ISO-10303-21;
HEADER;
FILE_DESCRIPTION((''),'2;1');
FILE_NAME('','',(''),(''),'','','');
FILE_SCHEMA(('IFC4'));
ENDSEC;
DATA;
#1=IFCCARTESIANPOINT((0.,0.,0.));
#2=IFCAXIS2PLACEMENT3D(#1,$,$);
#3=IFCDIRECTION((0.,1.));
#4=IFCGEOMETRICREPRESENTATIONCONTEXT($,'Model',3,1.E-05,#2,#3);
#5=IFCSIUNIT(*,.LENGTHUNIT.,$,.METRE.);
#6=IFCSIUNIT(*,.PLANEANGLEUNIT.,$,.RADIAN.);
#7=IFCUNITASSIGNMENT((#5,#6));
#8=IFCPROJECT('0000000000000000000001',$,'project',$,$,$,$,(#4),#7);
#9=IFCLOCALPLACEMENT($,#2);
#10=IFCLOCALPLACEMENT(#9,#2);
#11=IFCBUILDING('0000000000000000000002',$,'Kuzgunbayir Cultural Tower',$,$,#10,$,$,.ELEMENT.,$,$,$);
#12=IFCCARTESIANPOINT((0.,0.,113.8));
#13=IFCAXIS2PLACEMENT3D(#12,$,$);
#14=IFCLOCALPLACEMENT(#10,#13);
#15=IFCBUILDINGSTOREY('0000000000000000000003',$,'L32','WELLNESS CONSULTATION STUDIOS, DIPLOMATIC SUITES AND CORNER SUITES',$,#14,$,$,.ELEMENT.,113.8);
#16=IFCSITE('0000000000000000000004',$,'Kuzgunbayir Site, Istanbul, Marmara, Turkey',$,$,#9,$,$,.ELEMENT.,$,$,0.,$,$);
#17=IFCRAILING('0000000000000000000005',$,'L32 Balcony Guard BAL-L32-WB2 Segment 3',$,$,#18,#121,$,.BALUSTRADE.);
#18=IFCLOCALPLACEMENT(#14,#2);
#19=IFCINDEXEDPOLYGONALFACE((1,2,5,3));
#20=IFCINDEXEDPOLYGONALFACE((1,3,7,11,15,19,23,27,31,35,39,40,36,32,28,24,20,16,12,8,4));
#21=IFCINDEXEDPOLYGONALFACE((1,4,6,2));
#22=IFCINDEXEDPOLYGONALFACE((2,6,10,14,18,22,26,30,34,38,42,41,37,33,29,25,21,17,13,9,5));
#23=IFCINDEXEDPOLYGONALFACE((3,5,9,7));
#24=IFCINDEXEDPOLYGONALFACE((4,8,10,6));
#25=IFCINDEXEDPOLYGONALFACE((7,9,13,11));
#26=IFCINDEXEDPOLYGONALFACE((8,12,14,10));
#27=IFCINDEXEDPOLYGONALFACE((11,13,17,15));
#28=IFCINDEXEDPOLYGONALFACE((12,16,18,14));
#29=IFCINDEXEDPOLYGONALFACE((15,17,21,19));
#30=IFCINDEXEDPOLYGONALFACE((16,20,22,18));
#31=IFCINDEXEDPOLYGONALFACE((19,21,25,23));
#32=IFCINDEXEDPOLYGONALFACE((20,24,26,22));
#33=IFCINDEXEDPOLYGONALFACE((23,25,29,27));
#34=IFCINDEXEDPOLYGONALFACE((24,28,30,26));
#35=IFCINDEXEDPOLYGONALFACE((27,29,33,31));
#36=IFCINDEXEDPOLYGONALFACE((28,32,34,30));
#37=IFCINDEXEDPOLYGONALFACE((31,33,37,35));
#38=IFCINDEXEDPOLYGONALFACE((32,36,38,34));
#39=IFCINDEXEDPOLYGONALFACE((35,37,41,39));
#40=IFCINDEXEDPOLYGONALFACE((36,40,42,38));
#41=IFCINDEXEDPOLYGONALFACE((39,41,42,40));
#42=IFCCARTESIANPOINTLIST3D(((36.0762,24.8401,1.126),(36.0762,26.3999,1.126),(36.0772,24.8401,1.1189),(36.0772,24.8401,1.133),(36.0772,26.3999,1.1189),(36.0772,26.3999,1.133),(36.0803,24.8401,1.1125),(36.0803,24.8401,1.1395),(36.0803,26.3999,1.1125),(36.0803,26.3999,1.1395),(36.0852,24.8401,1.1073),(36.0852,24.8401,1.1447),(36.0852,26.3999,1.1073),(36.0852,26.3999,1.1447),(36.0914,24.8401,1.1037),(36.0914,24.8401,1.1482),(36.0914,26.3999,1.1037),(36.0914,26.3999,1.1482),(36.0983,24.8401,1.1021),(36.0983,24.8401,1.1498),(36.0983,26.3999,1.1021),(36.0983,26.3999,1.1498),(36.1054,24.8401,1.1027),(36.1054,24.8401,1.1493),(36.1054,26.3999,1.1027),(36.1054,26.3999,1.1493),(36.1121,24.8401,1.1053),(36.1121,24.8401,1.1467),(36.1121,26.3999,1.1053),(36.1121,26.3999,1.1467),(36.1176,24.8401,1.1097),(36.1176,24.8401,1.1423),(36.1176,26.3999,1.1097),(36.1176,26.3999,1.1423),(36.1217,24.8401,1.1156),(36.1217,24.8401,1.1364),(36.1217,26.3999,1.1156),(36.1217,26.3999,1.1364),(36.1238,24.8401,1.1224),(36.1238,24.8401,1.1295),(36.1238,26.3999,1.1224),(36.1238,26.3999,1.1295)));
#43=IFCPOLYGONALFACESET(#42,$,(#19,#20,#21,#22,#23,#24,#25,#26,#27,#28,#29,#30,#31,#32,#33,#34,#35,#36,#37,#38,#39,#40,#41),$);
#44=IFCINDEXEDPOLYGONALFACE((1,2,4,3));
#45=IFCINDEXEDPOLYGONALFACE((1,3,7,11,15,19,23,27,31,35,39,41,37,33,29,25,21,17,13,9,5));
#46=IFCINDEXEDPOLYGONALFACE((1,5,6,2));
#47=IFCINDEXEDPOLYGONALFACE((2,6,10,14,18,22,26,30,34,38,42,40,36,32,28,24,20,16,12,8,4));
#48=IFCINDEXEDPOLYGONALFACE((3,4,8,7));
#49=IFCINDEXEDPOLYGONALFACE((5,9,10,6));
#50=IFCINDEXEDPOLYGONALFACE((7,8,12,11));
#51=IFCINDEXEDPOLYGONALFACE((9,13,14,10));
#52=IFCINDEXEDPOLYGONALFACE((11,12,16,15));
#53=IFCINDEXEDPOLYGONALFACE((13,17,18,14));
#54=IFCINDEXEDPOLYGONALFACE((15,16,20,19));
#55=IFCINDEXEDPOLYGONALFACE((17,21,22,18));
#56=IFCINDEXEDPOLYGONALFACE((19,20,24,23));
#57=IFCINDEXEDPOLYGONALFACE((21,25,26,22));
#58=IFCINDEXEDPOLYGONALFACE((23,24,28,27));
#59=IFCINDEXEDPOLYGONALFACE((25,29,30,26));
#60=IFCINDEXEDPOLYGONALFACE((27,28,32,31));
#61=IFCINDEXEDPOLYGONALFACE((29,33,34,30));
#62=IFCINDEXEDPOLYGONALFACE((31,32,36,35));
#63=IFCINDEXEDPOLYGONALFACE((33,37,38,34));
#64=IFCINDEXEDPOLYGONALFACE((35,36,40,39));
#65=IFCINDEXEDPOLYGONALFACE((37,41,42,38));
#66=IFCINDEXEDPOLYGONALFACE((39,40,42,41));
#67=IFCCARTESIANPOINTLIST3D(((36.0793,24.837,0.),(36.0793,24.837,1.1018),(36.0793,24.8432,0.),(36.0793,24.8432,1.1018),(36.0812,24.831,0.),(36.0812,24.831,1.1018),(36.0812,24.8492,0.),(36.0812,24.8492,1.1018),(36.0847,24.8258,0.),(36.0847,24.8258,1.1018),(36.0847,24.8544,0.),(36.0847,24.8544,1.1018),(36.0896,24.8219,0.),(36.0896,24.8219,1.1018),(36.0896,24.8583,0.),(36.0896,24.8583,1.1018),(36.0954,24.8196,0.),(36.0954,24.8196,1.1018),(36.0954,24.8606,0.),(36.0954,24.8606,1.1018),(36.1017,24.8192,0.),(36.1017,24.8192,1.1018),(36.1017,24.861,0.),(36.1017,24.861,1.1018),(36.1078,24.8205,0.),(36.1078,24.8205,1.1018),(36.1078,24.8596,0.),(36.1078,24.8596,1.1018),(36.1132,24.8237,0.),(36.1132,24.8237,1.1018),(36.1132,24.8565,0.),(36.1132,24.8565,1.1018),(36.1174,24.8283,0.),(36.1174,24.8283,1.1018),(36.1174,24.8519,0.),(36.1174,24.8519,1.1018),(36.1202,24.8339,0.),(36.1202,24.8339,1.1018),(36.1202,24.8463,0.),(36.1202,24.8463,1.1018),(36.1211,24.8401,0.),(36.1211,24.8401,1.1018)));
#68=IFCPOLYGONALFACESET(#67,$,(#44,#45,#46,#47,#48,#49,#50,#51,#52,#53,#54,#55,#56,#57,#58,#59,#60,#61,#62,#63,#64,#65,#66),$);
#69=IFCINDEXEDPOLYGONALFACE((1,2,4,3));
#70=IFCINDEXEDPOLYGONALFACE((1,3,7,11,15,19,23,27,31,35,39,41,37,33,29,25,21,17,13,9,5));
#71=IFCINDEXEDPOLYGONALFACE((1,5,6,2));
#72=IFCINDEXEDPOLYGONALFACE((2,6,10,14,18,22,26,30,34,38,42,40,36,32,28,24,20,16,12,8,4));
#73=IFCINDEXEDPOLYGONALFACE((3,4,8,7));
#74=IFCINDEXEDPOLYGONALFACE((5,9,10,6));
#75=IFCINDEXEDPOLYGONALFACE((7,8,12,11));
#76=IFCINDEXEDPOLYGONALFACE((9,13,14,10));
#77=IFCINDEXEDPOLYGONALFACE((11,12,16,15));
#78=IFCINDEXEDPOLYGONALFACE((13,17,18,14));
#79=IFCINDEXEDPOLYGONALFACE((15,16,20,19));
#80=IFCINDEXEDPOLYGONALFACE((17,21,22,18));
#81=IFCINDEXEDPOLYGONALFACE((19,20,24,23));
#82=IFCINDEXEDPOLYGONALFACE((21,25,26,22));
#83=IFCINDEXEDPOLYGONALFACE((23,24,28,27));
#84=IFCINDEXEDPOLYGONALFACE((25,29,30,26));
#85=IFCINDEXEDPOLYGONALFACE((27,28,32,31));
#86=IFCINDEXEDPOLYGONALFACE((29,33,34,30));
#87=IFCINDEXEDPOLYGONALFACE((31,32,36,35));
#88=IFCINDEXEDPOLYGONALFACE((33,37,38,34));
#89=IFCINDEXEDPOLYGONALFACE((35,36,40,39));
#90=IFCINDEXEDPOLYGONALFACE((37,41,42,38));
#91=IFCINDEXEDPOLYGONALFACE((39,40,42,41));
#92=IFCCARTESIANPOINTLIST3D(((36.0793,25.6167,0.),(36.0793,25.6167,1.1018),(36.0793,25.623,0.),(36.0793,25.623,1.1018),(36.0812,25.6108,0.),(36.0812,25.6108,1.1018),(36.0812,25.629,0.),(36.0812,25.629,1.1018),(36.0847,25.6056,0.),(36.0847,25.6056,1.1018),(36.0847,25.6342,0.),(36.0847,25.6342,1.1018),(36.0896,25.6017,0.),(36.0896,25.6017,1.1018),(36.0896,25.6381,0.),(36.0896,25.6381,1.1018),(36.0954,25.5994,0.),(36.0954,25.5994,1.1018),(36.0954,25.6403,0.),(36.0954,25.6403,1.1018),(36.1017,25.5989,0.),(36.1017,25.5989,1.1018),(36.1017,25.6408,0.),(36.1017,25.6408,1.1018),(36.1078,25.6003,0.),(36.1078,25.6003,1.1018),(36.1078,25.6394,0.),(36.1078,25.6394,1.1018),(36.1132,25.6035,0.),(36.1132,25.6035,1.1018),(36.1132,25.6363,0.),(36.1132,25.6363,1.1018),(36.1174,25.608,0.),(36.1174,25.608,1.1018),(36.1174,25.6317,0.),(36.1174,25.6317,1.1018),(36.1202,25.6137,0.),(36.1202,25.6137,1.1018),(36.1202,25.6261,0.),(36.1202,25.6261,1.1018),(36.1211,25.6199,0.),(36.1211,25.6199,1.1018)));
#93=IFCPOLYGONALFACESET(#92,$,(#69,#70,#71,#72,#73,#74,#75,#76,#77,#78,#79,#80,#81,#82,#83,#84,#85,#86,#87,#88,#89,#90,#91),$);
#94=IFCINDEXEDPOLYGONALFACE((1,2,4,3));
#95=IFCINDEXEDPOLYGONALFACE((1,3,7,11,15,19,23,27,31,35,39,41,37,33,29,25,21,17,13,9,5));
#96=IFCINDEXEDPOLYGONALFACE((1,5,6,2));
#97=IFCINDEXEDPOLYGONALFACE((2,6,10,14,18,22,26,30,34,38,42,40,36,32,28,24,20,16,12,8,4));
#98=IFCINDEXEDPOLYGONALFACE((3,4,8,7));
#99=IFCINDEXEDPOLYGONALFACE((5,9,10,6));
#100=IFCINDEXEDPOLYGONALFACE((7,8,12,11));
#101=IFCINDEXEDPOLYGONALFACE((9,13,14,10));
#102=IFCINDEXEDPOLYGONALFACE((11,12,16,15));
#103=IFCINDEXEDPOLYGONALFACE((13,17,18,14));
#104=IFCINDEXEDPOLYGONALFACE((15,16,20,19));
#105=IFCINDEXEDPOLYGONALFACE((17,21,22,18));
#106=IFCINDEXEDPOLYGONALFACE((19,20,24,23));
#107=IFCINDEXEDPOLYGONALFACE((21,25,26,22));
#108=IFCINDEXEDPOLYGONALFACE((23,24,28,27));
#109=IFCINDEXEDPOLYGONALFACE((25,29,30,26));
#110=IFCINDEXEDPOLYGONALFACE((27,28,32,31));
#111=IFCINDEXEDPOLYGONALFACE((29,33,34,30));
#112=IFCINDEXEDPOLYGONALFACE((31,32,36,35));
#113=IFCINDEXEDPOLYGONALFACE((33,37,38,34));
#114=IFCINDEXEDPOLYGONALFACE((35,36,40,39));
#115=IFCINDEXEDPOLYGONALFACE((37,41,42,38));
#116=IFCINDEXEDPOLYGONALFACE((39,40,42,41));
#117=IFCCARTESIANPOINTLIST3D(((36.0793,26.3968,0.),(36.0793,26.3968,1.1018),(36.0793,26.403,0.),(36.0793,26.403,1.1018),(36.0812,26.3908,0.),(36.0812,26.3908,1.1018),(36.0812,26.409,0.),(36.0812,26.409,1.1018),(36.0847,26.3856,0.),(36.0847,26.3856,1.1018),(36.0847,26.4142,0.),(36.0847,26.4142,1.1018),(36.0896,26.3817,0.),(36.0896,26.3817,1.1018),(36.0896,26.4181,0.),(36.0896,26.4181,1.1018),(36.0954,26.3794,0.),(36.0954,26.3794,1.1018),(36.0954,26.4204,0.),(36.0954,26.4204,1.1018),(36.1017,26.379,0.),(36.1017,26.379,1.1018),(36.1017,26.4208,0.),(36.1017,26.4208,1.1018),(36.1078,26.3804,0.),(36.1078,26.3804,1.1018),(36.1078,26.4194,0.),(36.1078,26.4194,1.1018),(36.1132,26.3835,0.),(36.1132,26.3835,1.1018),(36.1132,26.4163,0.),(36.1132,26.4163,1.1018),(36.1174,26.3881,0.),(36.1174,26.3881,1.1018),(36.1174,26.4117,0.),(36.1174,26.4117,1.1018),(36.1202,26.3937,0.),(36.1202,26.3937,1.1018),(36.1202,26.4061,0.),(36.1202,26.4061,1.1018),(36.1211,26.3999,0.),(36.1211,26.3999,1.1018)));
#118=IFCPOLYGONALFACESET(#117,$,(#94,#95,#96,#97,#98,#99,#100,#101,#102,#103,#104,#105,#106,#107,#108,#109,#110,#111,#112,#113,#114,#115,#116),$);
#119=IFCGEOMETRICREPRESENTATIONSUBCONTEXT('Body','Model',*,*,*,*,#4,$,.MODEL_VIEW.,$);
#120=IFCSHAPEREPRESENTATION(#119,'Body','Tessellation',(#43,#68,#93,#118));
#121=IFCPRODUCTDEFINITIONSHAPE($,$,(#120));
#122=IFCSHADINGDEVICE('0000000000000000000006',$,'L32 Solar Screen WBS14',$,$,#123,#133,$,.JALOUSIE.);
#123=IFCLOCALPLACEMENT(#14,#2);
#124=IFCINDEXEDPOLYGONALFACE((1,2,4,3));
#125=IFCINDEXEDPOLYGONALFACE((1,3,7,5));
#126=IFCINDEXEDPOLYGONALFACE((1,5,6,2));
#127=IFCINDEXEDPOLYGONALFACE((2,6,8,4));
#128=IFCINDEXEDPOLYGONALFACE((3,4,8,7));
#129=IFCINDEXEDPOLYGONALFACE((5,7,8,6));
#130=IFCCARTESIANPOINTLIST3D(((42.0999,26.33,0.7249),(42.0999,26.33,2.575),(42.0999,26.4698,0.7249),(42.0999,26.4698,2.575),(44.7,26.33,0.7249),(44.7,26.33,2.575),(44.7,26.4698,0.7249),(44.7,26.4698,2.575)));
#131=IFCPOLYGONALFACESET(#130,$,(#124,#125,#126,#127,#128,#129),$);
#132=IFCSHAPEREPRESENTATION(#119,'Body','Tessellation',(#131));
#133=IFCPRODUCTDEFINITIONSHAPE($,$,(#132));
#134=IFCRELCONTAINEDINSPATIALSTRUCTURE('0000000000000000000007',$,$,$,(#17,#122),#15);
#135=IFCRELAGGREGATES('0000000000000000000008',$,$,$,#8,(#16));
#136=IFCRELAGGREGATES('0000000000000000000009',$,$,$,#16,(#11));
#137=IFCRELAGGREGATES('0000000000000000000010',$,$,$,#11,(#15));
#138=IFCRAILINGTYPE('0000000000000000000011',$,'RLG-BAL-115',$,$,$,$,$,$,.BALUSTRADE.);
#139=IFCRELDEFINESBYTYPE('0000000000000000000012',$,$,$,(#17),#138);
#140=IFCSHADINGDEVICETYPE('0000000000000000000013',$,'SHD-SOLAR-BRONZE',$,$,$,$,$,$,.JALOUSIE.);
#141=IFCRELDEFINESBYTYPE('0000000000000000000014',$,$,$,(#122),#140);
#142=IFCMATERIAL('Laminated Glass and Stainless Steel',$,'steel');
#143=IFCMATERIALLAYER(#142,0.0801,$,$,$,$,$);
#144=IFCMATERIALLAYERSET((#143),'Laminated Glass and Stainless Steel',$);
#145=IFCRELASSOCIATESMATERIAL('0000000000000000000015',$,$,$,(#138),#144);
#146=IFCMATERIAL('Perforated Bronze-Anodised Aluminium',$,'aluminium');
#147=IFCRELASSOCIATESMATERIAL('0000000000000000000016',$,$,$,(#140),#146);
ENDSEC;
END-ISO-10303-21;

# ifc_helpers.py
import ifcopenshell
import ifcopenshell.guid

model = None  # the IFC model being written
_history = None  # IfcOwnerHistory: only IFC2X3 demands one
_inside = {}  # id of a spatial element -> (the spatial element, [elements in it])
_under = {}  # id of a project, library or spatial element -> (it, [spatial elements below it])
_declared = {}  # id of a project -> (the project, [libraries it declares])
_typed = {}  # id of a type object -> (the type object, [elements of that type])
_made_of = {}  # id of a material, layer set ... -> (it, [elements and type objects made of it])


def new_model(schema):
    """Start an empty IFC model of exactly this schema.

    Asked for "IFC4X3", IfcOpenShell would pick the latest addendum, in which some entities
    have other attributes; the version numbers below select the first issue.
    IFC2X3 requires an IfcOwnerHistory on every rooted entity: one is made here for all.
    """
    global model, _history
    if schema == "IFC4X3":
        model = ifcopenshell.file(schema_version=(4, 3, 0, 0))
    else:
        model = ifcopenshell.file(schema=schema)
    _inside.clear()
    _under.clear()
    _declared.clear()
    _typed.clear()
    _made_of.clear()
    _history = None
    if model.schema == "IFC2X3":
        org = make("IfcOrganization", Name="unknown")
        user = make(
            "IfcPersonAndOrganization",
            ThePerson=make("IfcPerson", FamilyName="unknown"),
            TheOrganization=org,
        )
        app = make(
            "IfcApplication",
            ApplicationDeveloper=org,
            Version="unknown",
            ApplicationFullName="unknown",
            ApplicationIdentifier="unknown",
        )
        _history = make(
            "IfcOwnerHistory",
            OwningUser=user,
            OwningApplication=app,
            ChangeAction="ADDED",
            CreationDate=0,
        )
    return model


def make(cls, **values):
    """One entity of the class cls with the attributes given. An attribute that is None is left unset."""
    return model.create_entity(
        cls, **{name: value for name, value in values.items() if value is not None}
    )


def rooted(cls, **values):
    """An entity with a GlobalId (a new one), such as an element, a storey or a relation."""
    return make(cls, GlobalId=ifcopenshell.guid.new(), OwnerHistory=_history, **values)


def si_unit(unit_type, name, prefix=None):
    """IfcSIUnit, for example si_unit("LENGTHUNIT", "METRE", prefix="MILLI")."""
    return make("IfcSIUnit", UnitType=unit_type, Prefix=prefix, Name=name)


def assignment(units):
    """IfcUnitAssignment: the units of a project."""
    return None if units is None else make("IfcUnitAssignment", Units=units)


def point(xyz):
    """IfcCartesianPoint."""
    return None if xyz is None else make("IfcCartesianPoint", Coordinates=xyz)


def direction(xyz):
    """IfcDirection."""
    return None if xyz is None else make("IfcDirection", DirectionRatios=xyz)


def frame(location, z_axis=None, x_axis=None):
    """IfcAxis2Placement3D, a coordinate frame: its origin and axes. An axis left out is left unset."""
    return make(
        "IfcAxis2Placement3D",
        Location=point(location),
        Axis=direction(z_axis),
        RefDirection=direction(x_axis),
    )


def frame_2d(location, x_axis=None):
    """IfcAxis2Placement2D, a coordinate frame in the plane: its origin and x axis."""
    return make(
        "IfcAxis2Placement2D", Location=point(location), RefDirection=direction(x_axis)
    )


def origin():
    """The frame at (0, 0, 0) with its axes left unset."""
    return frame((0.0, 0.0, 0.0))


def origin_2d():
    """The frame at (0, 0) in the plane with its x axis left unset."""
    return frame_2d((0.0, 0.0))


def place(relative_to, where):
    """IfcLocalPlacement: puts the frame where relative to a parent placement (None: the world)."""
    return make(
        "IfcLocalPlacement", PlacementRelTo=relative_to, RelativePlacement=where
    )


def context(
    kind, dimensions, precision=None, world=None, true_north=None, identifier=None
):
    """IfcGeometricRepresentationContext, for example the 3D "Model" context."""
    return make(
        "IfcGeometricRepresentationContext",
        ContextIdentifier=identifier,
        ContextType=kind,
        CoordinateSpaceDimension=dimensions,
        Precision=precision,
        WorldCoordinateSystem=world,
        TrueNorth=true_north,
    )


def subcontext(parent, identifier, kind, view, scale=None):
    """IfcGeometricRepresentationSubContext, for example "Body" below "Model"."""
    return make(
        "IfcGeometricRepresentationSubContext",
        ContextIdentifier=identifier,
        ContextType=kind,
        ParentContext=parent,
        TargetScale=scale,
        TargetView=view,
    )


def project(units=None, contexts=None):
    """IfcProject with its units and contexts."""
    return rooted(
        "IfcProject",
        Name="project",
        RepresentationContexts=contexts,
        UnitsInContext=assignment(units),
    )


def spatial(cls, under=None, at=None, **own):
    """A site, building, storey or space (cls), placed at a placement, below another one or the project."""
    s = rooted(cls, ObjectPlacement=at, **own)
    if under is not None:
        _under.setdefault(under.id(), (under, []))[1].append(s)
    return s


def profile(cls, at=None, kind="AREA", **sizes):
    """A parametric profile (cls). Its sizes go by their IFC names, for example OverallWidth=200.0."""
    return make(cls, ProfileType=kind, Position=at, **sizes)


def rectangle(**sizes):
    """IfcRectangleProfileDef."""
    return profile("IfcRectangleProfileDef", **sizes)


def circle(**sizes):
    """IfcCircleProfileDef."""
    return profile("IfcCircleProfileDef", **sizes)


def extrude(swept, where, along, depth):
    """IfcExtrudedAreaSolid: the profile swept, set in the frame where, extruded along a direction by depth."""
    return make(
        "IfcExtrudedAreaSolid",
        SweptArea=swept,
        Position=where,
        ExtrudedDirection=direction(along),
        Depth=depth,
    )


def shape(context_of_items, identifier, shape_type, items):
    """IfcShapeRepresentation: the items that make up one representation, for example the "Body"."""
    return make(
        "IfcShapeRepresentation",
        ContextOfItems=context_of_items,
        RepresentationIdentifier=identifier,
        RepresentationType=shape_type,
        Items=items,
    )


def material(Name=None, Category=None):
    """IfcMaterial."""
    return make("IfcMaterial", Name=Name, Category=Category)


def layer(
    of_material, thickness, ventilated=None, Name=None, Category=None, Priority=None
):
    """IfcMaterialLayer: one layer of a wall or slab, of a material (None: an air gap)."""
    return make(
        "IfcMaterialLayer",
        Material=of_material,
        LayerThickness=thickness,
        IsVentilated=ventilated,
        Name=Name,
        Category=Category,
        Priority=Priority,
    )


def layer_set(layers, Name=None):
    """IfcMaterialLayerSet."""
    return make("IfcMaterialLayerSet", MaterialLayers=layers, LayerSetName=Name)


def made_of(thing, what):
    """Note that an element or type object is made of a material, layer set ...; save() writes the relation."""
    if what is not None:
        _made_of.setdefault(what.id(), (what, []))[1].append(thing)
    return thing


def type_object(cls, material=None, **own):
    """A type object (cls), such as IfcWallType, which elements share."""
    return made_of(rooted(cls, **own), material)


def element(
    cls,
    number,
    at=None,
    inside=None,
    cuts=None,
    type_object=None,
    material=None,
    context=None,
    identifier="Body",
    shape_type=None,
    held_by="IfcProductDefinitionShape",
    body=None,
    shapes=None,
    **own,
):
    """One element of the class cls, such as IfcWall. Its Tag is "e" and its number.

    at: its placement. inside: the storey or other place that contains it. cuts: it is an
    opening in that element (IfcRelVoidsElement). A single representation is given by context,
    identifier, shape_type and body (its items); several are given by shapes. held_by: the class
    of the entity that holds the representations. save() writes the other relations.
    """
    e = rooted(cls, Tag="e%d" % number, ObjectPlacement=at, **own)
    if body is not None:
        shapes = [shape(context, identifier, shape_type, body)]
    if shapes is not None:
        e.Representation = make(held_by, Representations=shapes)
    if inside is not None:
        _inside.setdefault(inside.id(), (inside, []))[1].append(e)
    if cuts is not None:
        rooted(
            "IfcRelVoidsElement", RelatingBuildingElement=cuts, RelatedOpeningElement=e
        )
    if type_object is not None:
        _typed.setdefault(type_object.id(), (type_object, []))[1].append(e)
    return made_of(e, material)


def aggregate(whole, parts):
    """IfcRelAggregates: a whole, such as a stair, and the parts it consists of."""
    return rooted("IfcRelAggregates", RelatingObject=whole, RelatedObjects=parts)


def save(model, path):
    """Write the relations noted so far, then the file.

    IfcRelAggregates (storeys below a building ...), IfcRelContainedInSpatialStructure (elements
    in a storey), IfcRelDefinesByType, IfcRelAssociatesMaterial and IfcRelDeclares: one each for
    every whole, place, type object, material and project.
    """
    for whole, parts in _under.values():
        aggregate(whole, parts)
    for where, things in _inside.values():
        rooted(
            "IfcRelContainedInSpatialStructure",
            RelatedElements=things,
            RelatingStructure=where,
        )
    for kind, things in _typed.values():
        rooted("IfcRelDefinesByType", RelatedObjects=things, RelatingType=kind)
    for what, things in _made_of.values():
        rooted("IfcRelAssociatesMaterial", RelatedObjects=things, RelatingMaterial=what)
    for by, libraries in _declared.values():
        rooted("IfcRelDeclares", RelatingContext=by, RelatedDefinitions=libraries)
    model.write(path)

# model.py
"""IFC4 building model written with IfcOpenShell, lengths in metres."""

from ifc_helpers import new_model, si_unit, direction, frame, origin, origin_2d, place, context, subcontext, project, spatial, rectangle, circle, extrude, material, layer, layer_set, type_object, element, save


model = new_model("IFC4")

# Units and contexts
model_context = context("Model", 3, precision=1e-05, world=origin(), true_north=direction((0.0, 1.0)))
body_context = subcontext(model_context, "Body", "Model", "MODEL_VIEW")
ifc_project = project(units=[si_unit("LENGTHUNIT", "METRE"), si_unit("PLANEANGLEUNIT", "RADIAN")], contexts=[model_context])

# Site, building, storey
site_placement = place(None, origin())
site = spatial("IfcSite", under=ifc_project, at=site_placement, Name="Kuzgunbayir Site, Istanbul, Marmara, Turkey", CompositionType="ELEMENT", RefElevation=0.0)
building_placement = place(site_placement, origin())
building = spatial("IfcBuilding", under=site, at=building_placement, Name="Kuzgunbayir Cultural Tower", CompositionType="ELEMENT")
storey_placement = place(building_placement, frame((0.0, 0.0, 113.8)))
storey = spatial("IfcBuildingStorey", under=building, at=storey_placement, Name="L32", Description="WELLNESS CONSULTATION STUDIOS, DIPLOMATIC SUITES AND CORNER SUITES", CompositionType="ELEMENT", Elevation=113.8)

# Railing
ifc_material_1 = material(Name="Laminated Glass and Stainless Steel", Category="steel")
ifc_layer_1 = layer(ifc_material_1, 0.0801)
ifc_layer_set_1 = layer_set([ifc_layer_1], Name="Laminated Glass and Stainless Steel")
railing_type = type_object("IfcRailingType", Name="RLG-BAL-115", PredefinedType="BALUSTRADE", material=ifc_layer_set_1)
railing_1_placement = place(storey_placement, frame((36.1001, 24.8401, 0.0)))
element("IfcRailing", 1, at=railing_1_placement, inside=storey, type_object=railing_type, Name="L32 Balcony Guard BAL-L32-WB2 Segment 3", PredefinedType="BALUSTRADE", context=body_context, shape_type="SweptSolid", body=[
    extrude(circle(Radius=0.0239, at=origin_2d()), frame((0.0, 0.0, 1.126), z_axis=(0.0, 1.0, 0.0), x_axis=(-1.0, 0.0, 0.0)), (0.0, 0.0, 1.0), 1.5598),
    extrude(circle(Radius=0.021, at=origin_2d()), origin(), (0.0, 0.0, 1.0), 1.1018),
    extrude(circle(Radius=0.021, at=origin_2d()), frame((0.0, 0.7798, 0.0)), (0.0, 0.0, 1.0), 1.1018),
    extrude(circle(Radius=0.021, at=origin_2d()), frame((0.0, 1.5598, 0.0)), (0.0, 0.0, 1.0), 1.1018),
])

# Shading device
ifc_material_2 = material(Name="Perforated Bronze-Anodised Aluminium", Category="aluminium")
shading_device_type = type_object("IfcShadingDeviceType", Name="SHD-SOLAR-BRONZE", PredefinedType="JALOUSIE", material=ifc_material_2)
shading_device_placement = place(storey_placement, frame((43.3999, 26.3999, 0.7249), z_axis=(0.0, 0.0, 1.0), x_axis=(1.0, 0.0, 0.0)))
element("IfcShadingDevice", 2, at=shading_device_placement, inside=storey, type_object=shading_device_type, Name="L32 Solar Screen WBS14", PredefinedType="JALOUSIE", context=body_context, shape_type="SweptSolid", body=[
    extrude(rectangle(XDim=2.6001, YDim=0.1399, at=origin_2d()), origin(), (0.0, 0.0, 1.0), 1.8501),
])

save(model, "model.ifc")
